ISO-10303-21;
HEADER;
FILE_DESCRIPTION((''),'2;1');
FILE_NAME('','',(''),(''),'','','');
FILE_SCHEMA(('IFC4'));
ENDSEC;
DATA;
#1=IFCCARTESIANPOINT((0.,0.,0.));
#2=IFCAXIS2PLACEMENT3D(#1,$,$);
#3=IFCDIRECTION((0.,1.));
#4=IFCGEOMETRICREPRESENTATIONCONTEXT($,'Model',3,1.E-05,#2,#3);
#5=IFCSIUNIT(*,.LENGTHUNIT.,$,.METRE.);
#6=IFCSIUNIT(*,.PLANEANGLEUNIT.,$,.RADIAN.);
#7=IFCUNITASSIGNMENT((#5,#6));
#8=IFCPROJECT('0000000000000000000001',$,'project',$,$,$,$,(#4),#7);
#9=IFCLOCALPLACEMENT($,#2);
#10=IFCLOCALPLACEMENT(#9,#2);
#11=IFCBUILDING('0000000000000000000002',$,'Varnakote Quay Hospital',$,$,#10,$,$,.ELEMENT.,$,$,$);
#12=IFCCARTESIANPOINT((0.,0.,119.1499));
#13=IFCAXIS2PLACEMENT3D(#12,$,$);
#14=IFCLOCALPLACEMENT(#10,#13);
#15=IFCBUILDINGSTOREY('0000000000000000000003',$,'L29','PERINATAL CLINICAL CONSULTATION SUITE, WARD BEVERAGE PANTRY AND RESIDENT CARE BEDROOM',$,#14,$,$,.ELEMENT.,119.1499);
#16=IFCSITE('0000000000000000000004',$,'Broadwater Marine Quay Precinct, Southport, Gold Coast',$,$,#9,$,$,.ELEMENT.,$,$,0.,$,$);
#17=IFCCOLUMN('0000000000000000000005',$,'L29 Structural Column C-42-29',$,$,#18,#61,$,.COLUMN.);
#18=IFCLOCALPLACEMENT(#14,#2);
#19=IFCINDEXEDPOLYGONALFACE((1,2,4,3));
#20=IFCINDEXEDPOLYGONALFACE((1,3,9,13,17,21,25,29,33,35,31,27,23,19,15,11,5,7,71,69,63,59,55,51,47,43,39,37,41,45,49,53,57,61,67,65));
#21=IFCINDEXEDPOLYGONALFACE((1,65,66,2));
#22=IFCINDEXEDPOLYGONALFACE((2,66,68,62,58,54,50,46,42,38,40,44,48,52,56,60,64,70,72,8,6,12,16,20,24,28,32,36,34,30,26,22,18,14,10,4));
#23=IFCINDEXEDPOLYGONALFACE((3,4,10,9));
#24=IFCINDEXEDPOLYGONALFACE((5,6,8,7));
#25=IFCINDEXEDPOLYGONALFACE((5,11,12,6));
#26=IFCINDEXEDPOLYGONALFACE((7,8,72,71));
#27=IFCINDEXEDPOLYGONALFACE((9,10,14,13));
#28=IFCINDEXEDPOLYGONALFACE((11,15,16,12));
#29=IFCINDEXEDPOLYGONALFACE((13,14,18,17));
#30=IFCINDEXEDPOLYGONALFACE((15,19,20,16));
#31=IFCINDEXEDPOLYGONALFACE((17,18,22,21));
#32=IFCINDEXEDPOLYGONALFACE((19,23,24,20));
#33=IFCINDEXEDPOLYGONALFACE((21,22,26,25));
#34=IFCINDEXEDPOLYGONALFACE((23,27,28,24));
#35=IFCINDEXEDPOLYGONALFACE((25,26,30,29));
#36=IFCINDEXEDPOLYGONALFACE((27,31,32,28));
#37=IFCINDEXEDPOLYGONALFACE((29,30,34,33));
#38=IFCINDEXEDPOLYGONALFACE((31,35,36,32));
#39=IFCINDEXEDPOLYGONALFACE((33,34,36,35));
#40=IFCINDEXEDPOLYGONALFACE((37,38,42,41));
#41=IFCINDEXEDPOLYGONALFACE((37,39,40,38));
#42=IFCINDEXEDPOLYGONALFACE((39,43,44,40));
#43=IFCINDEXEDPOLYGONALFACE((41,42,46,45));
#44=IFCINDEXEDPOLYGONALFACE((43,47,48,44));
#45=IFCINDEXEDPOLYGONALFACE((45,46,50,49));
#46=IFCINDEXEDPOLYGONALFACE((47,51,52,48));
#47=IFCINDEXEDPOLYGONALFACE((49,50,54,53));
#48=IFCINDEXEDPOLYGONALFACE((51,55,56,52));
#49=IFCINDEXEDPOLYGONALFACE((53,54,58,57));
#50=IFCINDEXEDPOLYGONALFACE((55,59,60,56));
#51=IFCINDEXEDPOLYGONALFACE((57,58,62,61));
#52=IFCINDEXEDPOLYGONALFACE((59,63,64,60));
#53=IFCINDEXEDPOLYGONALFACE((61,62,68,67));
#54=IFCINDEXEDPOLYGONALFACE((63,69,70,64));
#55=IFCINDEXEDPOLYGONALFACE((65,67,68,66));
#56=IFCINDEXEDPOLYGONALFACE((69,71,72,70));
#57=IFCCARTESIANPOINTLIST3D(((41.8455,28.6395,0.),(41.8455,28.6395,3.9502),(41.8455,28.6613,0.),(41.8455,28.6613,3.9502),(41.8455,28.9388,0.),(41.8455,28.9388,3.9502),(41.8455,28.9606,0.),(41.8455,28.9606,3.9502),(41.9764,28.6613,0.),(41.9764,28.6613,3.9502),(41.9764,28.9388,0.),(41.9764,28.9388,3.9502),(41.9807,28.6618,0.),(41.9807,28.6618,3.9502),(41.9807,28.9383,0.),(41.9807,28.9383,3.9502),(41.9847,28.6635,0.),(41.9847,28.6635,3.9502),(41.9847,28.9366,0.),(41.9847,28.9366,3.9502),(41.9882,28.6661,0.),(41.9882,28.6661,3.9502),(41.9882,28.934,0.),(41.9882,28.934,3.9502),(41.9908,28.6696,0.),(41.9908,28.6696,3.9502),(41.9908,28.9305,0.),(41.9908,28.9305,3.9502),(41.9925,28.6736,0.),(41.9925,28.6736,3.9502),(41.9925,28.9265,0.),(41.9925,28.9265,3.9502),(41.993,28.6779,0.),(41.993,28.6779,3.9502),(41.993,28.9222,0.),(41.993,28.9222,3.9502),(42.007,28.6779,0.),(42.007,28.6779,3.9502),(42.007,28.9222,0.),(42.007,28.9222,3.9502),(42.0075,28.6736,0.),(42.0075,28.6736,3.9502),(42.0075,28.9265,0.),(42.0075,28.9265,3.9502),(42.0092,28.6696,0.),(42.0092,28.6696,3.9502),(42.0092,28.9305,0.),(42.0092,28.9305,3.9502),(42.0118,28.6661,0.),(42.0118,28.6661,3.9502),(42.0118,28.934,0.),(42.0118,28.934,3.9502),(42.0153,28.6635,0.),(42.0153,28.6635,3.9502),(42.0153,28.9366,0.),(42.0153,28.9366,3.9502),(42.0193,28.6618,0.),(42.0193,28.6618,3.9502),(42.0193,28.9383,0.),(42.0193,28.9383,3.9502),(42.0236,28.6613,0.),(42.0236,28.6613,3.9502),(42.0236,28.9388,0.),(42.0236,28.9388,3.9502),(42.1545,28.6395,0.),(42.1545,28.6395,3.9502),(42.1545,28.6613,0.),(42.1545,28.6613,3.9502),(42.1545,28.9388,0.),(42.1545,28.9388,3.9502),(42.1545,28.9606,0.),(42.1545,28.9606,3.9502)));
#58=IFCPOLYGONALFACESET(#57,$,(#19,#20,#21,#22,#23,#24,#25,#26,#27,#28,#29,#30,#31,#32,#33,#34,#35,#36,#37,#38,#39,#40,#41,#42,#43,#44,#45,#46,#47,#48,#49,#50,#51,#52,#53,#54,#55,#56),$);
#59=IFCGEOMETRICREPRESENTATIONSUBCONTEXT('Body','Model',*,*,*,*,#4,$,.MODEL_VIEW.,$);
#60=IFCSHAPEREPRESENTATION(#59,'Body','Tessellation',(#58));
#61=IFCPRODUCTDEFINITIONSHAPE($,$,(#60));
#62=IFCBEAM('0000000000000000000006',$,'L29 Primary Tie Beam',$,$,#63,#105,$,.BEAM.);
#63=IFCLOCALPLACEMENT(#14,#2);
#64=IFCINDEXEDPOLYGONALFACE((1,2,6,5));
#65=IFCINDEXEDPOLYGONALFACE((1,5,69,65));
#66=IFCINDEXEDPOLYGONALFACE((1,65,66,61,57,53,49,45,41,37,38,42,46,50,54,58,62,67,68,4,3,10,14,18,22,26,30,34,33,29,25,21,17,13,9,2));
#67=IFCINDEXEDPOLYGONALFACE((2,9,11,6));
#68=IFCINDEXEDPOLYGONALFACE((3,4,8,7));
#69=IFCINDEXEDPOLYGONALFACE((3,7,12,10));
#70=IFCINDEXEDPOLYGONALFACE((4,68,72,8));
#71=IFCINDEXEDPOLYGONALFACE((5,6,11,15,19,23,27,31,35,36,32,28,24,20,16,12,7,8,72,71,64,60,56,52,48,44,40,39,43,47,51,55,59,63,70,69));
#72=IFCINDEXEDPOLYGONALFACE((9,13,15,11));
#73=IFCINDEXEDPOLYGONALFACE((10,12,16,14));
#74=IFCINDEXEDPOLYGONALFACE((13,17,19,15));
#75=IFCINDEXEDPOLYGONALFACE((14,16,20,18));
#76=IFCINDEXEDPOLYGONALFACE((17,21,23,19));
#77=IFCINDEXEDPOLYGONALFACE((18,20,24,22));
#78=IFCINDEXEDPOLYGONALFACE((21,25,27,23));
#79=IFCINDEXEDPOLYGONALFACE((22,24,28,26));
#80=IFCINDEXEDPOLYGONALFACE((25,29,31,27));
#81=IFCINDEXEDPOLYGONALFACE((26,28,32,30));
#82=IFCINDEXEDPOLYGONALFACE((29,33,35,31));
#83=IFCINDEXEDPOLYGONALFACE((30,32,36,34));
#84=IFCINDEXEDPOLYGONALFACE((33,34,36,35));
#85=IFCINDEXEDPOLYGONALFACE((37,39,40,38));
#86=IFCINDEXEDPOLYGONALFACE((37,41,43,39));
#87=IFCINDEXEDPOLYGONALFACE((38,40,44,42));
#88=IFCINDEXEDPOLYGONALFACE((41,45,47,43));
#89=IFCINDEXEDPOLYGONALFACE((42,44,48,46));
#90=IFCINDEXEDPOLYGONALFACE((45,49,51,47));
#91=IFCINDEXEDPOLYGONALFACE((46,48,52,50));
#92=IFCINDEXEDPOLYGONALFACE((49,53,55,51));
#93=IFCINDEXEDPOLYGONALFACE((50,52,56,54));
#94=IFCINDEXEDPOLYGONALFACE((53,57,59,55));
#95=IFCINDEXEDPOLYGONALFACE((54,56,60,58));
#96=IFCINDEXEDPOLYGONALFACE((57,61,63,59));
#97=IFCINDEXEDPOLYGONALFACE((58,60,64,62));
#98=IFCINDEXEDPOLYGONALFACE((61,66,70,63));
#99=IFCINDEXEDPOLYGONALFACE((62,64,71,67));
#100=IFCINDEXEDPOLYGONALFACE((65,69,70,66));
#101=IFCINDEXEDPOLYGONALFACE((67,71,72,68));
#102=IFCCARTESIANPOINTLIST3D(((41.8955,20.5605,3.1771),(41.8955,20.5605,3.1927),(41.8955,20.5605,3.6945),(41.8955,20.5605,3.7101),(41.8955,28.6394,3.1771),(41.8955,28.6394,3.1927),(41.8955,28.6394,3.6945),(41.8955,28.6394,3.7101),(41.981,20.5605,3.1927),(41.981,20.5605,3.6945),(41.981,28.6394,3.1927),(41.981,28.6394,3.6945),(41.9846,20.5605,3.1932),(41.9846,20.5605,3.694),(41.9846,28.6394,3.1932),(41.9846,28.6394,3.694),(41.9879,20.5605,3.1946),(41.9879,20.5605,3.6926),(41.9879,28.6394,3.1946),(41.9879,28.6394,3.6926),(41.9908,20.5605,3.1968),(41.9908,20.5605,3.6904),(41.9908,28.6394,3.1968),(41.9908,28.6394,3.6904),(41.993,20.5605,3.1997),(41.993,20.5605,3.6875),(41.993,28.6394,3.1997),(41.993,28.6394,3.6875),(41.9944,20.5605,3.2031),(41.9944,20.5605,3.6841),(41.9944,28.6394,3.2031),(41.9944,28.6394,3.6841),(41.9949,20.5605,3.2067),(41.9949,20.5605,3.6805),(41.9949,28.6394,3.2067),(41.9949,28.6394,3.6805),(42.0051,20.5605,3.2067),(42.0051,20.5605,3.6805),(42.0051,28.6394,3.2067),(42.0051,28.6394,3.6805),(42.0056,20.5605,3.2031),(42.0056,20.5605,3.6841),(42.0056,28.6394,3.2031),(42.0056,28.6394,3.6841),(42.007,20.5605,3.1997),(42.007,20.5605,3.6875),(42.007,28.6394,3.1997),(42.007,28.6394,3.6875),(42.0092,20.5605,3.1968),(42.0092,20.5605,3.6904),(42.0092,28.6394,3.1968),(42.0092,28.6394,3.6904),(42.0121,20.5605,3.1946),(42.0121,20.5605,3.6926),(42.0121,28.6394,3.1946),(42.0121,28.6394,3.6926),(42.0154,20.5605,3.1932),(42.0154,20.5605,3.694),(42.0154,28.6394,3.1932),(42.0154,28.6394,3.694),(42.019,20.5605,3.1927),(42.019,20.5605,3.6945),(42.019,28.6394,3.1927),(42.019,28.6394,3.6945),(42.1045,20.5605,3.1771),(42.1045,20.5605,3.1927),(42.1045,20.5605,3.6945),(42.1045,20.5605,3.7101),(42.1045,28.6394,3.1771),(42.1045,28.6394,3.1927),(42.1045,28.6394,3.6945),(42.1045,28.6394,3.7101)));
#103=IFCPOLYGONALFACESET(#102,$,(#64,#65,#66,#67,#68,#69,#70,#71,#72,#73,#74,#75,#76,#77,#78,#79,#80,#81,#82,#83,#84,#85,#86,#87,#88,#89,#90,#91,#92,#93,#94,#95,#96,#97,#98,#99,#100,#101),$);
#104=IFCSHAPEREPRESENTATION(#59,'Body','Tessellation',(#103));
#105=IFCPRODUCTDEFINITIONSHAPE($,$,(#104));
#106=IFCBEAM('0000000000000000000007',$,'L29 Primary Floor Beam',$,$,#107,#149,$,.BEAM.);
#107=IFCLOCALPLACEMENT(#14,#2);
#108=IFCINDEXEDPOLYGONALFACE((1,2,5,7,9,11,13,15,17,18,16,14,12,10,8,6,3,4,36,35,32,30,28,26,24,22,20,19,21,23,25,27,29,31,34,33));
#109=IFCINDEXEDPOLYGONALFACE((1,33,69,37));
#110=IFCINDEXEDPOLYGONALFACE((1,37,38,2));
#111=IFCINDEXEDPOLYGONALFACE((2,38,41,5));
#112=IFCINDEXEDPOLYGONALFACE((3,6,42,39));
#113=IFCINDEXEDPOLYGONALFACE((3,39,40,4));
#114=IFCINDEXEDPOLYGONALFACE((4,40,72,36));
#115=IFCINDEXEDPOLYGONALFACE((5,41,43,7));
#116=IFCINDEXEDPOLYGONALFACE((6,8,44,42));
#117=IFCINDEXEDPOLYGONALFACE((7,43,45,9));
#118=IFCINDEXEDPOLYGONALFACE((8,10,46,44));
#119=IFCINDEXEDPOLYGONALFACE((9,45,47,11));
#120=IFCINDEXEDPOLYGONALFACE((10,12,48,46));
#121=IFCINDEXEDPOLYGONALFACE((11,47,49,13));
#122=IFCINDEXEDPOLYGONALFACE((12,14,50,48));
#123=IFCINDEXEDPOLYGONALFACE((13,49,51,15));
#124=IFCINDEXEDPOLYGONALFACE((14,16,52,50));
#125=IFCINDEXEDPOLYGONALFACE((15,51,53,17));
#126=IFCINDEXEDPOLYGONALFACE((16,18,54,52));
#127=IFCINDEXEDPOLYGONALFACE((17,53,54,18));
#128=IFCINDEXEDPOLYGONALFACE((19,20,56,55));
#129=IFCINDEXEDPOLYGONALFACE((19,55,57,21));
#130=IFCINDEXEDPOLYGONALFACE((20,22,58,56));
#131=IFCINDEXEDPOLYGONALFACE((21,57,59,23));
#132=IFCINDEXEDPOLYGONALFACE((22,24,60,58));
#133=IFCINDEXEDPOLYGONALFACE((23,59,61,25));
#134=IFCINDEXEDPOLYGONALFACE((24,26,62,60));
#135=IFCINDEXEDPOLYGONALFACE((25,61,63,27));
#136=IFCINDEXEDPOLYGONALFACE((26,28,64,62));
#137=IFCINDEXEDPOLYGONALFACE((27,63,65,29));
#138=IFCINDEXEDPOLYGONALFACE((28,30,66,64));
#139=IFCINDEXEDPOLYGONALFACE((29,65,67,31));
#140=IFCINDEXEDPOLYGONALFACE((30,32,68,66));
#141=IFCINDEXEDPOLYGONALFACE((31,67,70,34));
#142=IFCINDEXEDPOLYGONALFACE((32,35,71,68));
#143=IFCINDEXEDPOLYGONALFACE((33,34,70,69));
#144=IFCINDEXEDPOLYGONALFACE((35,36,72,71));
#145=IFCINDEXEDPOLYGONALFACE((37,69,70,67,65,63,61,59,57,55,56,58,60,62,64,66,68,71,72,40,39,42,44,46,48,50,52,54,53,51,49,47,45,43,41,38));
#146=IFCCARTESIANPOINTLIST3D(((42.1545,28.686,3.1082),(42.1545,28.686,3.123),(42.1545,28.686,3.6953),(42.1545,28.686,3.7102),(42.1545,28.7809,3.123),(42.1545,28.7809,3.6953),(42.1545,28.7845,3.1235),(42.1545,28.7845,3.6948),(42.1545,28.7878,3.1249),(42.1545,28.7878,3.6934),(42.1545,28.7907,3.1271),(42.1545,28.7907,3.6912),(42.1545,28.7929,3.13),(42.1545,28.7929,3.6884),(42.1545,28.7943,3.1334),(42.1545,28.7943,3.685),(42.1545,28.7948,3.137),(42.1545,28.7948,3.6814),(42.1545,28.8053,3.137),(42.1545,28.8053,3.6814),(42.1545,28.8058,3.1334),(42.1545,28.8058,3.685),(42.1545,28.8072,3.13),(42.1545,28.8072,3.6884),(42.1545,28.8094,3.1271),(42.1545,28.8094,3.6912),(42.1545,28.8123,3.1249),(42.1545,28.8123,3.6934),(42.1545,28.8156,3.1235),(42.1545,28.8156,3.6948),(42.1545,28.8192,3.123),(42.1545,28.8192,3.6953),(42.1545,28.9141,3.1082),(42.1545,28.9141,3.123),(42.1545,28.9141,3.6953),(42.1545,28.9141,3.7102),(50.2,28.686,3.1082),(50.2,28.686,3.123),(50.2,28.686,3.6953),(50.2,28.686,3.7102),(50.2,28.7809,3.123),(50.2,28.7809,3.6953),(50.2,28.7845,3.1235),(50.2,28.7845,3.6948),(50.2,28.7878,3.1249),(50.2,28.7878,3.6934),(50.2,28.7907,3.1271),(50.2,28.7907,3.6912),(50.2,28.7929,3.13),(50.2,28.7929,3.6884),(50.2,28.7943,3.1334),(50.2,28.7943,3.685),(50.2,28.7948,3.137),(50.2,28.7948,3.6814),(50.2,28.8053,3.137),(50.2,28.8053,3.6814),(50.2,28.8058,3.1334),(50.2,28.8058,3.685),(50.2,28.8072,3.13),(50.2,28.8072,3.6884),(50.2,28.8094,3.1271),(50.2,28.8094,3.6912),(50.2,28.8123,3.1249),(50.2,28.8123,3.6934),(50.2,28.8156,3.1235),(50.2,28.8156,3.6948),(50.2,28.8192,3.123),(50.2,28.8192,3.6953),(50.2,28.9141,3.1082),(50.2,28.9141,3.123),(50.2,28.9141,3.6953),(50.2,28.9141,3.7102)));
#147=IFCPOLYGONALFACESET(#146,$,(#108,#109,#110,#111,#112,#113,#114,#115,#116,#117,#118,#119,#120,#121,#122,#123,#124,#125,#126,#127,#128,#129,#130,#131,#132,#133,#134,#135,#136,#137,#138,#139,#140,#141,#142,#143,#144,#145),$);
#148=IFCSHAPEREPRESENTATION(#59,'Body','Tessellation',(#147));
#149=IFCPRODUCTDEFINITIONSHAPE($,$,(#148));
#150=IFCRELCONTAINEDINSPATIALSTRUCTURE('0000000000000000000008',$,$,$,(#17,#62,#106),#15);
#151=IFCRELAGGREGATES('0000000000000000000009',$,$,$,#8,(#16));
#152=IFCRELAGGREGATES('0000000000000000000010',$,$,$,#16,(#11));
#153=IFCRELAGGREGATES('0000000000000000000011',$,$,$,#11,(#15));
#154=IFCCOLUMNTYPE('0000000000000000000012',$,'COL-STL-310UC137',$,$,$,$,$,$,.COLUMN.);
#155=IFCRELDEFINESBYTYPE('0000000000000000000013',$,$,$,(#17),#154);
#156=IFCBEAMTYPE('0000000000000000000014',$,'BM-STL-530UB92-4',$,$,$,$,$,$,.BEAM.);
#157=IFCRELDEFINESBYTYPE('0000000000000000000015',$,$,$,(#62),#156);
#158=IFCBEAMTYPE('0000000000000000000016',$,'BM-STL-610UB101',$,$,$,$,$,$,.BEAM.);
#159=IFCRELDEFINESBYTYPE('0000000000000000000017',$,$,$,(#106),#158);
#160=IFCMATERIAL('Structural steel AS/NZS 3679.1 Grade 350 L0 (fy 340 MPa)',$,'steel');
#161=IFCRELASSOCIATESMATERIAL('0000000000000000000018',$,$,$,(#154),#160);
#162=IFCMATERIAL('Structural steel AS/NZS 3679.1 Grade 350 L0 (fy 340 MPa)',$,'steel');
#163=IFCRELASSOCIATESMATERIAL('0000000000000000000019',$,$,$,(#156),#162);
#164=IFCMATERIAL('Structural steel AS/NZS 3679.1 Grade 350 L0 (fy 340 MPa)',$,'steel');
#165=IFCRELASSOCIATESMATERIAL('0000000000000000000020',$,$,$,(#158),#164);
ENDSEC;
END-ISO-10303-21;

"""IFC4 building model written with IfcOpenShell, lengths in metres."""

from ifc_helpers import new_model, si_unit, direction, frame, origin, origin_2d, place, context, subcontext, project, spatial, i_section, extrude, material, material_profile, profile_set, type_object, element, save


model = new_model("IFC4")

# Units and contexts
model_context = context("Model", 3, precision=1e-05, world=origin(), true_north=direction((0.0, 1.0)))
body_context = subcontext(model_context, "Body", "Model", "MODEL_VIEW")
ifc_project = project(units=[si_unit("LENGTHUNIT", "METRE"), si_unit("PLANEANGLEUNIT", "RADIAN")], contexts=[model_context])

# Site, building, storey
site_placement = place(None, origin())
site = spatial("IfcSite", under=ifc_project, at=site_placement, Name="Broadwater Marine Quay Precinct, Southport, Gold Coast", CompositionType="ELEMENT", RefElevation=0.0)
building_placement = place(site_placement, origin())
building = spatial("IfcBuilding", under=site, at=building_placement, Name="Varnakote Quay Hospital", CompositionType="ELEMENT")
storey_placement = place(building_placement, frame((0.0, 0.0, 119.1499)))
storey = spatial("IfcBuildingStorey", under=building, at=storey_placement, Name="L29", Description="PERINATAL CLINICAL CONSULTATION SUITE, WARD BEVERAGE PANTRY AND RESIDENT CARE BEDROOM", CompositionType="ELEMENT", Elevation=119.1499)

# Column
ifc_material_1 = material(Name="Structural steel AS/NZS 3679.1 Grade 350 L0 (fy 340 MPa)", Category="steel")
ifc_material_profile_1 = material_profile(ifc_material_1, i_section(OverallWidth=0.3091, OverallDepth=0.321, WebThickness=0.0139, FlangeThickness=0.0217, FilletRadius=0.0166, at=origin_2d()), Name="310UC137")
ifc_profile_set_1 = profile_set([ifc_material_profile_1], Name="Structural steel AS/NZS 3679.1 Grade 350 L0 (fy 340 MPa)")
column_type = type_object("IfcColumnType", Name="COL-STL-310UC137", PredefinedType="COLUMN", material=ifc_profile_set_1)
column_placement = place(storey_placement, frame((42.0, 28.8, 0.0), z_axis=(0.0, 0.0, 1.0), x_axis=(1.0, 0.0, 0.0)))
element("IfcColumn", 1, at=column_placement, inside=storey, type_object=column_type, Name="L29 Structural Column C-42-29", PredefinedType="COLUMN", context=body_context, shape_type="SweptSolid", body=[
    extrude(i_section(OverallWidth=0.3091, OverallDepth=0.321, WebThickness=0.0139, FlangeThickness=0.0217, FilletRadius=0.0166, at=origin_2d()), origin(), (0.0, 0.0, 1.0), 3.9502),
])

# Beams
ifc_material_2 = material(Name="Structural steel AS/NZS 3679.1 Grade 350 L0 (fy 340 MPa)", Category="steel")
ifc_material_profile_2 = material_profile(ifc_material_2, i_section(OverallWidth=0.209, OverallDepth=0.533, WebThickness=0.0103, FlangeThickness=0.0156, FilletRadius=0.0139, at=origin_2d()), Name="530UB92.4")
ifc_profile_set_2 = profile_set([ifc_material_profile_2], Name="Structural steel AS/NZS 3679.1 Grade 350 L0 (fy 340 MPa)")
beam_type_1 = type_object("IfcBeamType", Name="BM-STL-530UB92-4", PredefinedType="BEAM", material=ifc_profile_set_2)
beam_1_placement = place(storey_placement, frame((42.0, 20.5605, 3.4436), z_axis=(0.0, 1.0, 0.0), x_axis=(-1.0, 0.0, 0.0)))
element("IfcBeam", 2, at=beam_1_placement, inside=storey, type_object=beam_type_1, Name="L29 Primary Tie Beam", PredefinedType="BEAM", context=body_context, shape_type="SweptSolid", body=[
    extrude(i_section(OverallWidth=0.209, OverallDepth=0.533, WebThickness=0.0103, FlangeThickness=0.0156, FilletRadius=0.0139, at=origin_2d()), origin(), (0.0, 0.0, 1.0), 8.0789),
])
ifc_material_3 = material(Name="Structural steel AS/NZS 3679.1 Grade 350 L0 (fy 340 MPa)", Category="steel")
ifc_material_profile_3 = material_profile(ifc_material_3, i_section(OverallWidth=0.228, OverallDepth=0.6021, WebThickness=0.0105, FlangeThickness=0.0149, FilletRadius=0.0139, at=origin_2d()), Name="610UB101")
ifc_profile_set_3 = profile_set([ifc_material_profile_3], Name="Structural steel AS/NZS 3679.1 Grade 350 L0 (fy 340 MPa)")
beam_type_2 = type_object("IfcBeamType", Name="BM-STL-610UB101", PredefinedType="BEAM", material=ifc_profile_set_3)
beam_2_placement = place(storey_placement, frame((42.1545, 28.8, 3.4092), z_axis=(1.0, 0.0, 0.0), x_axis=(0.0, 1.0, 0.0)))
element("IfcBeam", 3, at=beam_2_placement, inside=storey, type_object=beam_type_2, Name="L29 Primary Floor Beam", PredefinedType="BEAM", context=body_context, shape_type="SweptSolid", body=[
    extrude(i_section(OverallWidth=0.228, OverallDepth=0.6021, WebThickness=0.0105, FlangeThickness=0.0149, FilletRadius=0.0139, at=origin_2d()), origin(), (0.0, 0.0, 1.0), 8.0454),
])

save(model, "model.ifc")
